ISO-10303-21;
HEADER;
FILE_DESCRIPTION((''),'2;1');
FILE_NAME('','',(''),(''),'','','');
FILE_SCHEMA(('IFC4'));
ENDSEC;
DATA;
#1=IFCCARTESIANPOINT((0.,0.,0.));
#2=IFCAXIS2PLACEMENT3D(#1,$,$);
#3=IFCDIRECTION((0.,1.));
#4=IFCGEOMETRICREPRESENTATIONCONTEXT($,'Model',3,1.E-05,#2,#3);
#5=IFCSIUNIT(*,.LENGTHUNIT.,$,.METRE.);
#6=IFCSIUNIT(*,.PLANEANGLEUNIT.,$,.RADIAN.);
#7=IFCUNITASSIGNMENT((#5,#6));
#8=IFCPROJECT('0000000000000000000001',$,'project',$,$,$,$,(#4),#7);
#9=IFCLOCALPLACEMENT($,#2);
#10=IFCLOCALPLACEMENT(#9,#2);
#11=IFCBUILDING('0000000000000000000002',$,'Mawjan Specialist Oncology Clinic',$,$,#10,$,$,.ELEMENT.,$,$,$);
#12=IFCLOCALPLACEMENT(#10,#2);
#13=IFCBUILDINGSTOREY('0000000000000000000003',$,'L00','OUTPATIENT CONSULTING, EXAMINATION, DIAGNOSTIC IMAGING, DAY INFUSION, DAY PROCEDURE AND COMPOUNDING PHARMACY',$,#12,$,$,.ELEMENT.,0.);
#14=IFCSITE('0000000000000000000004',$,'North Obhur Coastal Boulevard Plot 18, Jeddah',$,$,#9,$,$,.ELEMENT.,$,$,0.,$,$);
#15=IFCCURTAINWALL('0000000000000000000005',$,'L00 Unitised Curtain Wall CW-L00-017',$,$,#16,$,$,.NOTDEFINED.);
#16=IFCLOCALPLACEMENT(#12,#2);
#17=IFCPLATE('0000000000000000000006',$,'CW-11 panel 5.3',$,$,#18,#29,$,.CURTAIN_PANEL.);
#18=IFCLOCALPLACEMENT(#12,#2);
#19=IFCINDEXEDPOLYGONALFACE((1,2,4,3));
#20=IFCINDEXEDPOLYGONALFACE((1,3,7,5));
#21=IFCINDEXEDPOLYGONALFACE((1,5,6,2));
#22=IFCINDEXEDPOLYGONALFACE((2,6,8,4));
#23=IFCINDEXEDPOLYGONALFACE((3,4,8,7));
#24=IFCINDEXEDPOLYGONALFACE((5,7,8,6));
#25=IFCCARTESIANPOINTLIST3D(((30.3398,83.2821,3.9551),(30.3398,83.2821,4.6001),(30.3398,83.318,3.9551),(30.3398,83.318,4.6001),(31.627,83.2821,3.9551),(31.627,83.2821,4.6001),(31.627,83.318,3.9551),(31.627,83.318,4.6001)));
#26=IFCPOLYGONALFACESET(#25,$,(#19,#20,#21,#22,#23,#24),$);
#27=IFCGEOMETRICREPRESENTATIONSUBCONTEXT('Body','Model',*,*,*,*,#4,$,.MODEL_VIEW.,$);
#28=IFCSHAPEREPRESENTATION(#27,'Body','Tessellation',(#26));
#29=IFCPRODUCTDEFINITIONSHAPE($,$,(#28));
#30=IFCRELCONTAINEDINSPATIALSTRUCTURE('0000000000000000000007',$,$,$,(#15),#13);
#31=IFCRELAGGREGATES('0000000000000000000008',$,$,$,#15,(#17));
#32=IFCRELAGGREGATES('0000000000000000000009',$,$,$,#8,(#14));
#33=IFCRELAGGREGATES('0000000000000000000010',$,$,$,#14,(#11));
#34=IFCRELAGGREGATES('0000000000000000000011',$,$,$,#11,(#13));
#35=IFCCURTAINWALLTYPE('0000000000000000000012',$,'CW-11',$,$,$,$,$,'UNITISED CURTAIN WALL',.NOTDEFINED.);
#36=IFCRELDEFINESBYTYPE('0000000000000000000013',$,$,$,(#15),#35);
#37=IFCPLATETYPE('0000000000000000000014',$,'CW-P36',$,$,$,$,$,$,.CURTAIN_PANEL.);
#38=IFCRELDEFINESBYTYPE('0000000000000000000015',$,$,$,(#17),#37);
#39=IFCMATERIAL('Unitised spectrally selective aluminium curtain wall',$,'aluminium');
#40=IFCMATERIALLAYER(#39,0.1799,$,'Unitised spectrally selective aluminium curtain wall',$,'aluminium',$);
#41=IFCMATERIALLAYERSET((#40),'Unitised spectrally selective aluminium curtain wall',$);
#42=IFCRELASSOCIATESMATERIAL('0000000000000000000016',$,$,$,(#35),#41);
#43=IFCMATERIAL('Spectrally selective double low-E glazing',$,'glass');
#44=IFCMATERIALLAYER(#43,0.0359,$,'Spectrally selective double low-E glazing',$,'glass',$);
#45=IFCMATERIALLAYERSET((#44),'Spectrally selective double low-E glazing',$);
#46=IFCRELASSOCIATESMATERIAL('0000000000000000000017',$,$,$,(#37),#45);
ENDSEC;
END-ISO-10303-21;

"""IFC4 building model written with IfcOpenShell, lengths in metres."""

from ifc_helpers import new_model, si_unit, direction, frame, origin, origin_2d, place, context, subcontext, project, spatial, rectangle, extrude, material, layer, layer_set, type_object, element, aggregate, save


model = new_model("IFC4")

# Units and contexts
model_context = context("Model", 3, precision=1e-05, world=origin(), true_north=direction((0.0, 1.0)))
body_context = subcontext(model_context, "Body", "Model", "MODEL_VIEW")
ifc_project = project(units=[si_unit("LENGTHUNIT", "METRE"), si_unit("PLANEANGLEUNIT", "RADIAN")], contexts=[model_context])

# Site, building, storey
site_placement = place(None, origin())
site = spatial("IfcSite", under=ifc_project, at=site_placement, Name="North Obhur Coastal Boulevard Plot 18, Jeddah", CompositionType="ELEMENT", RefElevation=0.0)
building_placement = place(site_placement, origin())
building = spatial("IfcBuilding", under=site, at=building_placement, Name="Mawjan Specialist Oncology Clinic", CompositionType="ELEMENT")
storey_placement = place(building_placement, origin())
storey = spatial("IfcBuildingStorey", under=building, at=storey_placement, Name="L00", Description="OUTPATIENT CONSULTING, EXAMINATION, DIAGNOSTIC IMAGING, DAY INFUSION, DAY PROCEDURE AND COMPOUNDING PHARMACY", CompositionType="ELEMENT", Elevation=0.0)

# Curtain wall
ifc_material_1 = material(Name="Unitised spectrally selective aluminium curtain wall", Category="aluminium")
ifc_layer_1 = layer(ifc_material_1, 0.1799, Name="Unitised spectrally selective aluminium curtain wall", Category="aluminium")
ifc_layer_set_1 = layer_set([ifc_layer_1], Name="Unitised spectrally selective aluminium curtain wall")
curtain_wall_type_1 = type_object("IfcCurtainWallType", Name="CW-11", ElementType="UNITISED CURTAIN WALL", PredefinedType="NOTDEFINED", material=ifc_layer_set_1)
curtain_wall_1_placement = place(storey_placement, origin())
curtain_wall_1 = element("IfcCurtainWall", 1, at=curtain_wall_1_placement, inside=storey, type_object=curtain_wall_type_1, Name="L00 Unitised Curtain Wall CW-L00-017", PredefinedType="NOTDEFINED")

# Plate
ifc_material_2 = material(Name="Spectrally selective double low-E glazing", Category="glass")
ifc_layer_2 = layer(ifc_material_2, 0.0359, Name="Spectrally selective double low-E glazing", Category="glass")
ifc_layer_set_2 = layer_set([ifc_layer_2], Name="Spectrally selective double low-E glazing")
plate_type = type_object("IfcPlateType", Name="CW-P36", PredefinedType="CURTAIN_PANEL", material=ifc_layer_set_2)
plate_1_placement = place(storey_placement, frame((30.9834, 83.3, 3.9551), z_axis=(0.0, 0.0, 1.0), x_axis=(-1.0, 0.0, 0.0)))
plate_1 = element("IfcPlate", 2, at=plate_1_placement, type_object=plate_type, Name="CW-11 panel 5.3", PredefinedType="CURTAIN_PANEL", context=body_context, shape_type="SweptSolid", body=[
    extrude(rectangle(XDim=1.2871, YDim=0.0359, at=origin_2d()), origin(), (0.0, 0.0, 1.0), 0.645),
])
aggregate(curtain_wall_1, [plate_1])

save(model, "model.ifc")
